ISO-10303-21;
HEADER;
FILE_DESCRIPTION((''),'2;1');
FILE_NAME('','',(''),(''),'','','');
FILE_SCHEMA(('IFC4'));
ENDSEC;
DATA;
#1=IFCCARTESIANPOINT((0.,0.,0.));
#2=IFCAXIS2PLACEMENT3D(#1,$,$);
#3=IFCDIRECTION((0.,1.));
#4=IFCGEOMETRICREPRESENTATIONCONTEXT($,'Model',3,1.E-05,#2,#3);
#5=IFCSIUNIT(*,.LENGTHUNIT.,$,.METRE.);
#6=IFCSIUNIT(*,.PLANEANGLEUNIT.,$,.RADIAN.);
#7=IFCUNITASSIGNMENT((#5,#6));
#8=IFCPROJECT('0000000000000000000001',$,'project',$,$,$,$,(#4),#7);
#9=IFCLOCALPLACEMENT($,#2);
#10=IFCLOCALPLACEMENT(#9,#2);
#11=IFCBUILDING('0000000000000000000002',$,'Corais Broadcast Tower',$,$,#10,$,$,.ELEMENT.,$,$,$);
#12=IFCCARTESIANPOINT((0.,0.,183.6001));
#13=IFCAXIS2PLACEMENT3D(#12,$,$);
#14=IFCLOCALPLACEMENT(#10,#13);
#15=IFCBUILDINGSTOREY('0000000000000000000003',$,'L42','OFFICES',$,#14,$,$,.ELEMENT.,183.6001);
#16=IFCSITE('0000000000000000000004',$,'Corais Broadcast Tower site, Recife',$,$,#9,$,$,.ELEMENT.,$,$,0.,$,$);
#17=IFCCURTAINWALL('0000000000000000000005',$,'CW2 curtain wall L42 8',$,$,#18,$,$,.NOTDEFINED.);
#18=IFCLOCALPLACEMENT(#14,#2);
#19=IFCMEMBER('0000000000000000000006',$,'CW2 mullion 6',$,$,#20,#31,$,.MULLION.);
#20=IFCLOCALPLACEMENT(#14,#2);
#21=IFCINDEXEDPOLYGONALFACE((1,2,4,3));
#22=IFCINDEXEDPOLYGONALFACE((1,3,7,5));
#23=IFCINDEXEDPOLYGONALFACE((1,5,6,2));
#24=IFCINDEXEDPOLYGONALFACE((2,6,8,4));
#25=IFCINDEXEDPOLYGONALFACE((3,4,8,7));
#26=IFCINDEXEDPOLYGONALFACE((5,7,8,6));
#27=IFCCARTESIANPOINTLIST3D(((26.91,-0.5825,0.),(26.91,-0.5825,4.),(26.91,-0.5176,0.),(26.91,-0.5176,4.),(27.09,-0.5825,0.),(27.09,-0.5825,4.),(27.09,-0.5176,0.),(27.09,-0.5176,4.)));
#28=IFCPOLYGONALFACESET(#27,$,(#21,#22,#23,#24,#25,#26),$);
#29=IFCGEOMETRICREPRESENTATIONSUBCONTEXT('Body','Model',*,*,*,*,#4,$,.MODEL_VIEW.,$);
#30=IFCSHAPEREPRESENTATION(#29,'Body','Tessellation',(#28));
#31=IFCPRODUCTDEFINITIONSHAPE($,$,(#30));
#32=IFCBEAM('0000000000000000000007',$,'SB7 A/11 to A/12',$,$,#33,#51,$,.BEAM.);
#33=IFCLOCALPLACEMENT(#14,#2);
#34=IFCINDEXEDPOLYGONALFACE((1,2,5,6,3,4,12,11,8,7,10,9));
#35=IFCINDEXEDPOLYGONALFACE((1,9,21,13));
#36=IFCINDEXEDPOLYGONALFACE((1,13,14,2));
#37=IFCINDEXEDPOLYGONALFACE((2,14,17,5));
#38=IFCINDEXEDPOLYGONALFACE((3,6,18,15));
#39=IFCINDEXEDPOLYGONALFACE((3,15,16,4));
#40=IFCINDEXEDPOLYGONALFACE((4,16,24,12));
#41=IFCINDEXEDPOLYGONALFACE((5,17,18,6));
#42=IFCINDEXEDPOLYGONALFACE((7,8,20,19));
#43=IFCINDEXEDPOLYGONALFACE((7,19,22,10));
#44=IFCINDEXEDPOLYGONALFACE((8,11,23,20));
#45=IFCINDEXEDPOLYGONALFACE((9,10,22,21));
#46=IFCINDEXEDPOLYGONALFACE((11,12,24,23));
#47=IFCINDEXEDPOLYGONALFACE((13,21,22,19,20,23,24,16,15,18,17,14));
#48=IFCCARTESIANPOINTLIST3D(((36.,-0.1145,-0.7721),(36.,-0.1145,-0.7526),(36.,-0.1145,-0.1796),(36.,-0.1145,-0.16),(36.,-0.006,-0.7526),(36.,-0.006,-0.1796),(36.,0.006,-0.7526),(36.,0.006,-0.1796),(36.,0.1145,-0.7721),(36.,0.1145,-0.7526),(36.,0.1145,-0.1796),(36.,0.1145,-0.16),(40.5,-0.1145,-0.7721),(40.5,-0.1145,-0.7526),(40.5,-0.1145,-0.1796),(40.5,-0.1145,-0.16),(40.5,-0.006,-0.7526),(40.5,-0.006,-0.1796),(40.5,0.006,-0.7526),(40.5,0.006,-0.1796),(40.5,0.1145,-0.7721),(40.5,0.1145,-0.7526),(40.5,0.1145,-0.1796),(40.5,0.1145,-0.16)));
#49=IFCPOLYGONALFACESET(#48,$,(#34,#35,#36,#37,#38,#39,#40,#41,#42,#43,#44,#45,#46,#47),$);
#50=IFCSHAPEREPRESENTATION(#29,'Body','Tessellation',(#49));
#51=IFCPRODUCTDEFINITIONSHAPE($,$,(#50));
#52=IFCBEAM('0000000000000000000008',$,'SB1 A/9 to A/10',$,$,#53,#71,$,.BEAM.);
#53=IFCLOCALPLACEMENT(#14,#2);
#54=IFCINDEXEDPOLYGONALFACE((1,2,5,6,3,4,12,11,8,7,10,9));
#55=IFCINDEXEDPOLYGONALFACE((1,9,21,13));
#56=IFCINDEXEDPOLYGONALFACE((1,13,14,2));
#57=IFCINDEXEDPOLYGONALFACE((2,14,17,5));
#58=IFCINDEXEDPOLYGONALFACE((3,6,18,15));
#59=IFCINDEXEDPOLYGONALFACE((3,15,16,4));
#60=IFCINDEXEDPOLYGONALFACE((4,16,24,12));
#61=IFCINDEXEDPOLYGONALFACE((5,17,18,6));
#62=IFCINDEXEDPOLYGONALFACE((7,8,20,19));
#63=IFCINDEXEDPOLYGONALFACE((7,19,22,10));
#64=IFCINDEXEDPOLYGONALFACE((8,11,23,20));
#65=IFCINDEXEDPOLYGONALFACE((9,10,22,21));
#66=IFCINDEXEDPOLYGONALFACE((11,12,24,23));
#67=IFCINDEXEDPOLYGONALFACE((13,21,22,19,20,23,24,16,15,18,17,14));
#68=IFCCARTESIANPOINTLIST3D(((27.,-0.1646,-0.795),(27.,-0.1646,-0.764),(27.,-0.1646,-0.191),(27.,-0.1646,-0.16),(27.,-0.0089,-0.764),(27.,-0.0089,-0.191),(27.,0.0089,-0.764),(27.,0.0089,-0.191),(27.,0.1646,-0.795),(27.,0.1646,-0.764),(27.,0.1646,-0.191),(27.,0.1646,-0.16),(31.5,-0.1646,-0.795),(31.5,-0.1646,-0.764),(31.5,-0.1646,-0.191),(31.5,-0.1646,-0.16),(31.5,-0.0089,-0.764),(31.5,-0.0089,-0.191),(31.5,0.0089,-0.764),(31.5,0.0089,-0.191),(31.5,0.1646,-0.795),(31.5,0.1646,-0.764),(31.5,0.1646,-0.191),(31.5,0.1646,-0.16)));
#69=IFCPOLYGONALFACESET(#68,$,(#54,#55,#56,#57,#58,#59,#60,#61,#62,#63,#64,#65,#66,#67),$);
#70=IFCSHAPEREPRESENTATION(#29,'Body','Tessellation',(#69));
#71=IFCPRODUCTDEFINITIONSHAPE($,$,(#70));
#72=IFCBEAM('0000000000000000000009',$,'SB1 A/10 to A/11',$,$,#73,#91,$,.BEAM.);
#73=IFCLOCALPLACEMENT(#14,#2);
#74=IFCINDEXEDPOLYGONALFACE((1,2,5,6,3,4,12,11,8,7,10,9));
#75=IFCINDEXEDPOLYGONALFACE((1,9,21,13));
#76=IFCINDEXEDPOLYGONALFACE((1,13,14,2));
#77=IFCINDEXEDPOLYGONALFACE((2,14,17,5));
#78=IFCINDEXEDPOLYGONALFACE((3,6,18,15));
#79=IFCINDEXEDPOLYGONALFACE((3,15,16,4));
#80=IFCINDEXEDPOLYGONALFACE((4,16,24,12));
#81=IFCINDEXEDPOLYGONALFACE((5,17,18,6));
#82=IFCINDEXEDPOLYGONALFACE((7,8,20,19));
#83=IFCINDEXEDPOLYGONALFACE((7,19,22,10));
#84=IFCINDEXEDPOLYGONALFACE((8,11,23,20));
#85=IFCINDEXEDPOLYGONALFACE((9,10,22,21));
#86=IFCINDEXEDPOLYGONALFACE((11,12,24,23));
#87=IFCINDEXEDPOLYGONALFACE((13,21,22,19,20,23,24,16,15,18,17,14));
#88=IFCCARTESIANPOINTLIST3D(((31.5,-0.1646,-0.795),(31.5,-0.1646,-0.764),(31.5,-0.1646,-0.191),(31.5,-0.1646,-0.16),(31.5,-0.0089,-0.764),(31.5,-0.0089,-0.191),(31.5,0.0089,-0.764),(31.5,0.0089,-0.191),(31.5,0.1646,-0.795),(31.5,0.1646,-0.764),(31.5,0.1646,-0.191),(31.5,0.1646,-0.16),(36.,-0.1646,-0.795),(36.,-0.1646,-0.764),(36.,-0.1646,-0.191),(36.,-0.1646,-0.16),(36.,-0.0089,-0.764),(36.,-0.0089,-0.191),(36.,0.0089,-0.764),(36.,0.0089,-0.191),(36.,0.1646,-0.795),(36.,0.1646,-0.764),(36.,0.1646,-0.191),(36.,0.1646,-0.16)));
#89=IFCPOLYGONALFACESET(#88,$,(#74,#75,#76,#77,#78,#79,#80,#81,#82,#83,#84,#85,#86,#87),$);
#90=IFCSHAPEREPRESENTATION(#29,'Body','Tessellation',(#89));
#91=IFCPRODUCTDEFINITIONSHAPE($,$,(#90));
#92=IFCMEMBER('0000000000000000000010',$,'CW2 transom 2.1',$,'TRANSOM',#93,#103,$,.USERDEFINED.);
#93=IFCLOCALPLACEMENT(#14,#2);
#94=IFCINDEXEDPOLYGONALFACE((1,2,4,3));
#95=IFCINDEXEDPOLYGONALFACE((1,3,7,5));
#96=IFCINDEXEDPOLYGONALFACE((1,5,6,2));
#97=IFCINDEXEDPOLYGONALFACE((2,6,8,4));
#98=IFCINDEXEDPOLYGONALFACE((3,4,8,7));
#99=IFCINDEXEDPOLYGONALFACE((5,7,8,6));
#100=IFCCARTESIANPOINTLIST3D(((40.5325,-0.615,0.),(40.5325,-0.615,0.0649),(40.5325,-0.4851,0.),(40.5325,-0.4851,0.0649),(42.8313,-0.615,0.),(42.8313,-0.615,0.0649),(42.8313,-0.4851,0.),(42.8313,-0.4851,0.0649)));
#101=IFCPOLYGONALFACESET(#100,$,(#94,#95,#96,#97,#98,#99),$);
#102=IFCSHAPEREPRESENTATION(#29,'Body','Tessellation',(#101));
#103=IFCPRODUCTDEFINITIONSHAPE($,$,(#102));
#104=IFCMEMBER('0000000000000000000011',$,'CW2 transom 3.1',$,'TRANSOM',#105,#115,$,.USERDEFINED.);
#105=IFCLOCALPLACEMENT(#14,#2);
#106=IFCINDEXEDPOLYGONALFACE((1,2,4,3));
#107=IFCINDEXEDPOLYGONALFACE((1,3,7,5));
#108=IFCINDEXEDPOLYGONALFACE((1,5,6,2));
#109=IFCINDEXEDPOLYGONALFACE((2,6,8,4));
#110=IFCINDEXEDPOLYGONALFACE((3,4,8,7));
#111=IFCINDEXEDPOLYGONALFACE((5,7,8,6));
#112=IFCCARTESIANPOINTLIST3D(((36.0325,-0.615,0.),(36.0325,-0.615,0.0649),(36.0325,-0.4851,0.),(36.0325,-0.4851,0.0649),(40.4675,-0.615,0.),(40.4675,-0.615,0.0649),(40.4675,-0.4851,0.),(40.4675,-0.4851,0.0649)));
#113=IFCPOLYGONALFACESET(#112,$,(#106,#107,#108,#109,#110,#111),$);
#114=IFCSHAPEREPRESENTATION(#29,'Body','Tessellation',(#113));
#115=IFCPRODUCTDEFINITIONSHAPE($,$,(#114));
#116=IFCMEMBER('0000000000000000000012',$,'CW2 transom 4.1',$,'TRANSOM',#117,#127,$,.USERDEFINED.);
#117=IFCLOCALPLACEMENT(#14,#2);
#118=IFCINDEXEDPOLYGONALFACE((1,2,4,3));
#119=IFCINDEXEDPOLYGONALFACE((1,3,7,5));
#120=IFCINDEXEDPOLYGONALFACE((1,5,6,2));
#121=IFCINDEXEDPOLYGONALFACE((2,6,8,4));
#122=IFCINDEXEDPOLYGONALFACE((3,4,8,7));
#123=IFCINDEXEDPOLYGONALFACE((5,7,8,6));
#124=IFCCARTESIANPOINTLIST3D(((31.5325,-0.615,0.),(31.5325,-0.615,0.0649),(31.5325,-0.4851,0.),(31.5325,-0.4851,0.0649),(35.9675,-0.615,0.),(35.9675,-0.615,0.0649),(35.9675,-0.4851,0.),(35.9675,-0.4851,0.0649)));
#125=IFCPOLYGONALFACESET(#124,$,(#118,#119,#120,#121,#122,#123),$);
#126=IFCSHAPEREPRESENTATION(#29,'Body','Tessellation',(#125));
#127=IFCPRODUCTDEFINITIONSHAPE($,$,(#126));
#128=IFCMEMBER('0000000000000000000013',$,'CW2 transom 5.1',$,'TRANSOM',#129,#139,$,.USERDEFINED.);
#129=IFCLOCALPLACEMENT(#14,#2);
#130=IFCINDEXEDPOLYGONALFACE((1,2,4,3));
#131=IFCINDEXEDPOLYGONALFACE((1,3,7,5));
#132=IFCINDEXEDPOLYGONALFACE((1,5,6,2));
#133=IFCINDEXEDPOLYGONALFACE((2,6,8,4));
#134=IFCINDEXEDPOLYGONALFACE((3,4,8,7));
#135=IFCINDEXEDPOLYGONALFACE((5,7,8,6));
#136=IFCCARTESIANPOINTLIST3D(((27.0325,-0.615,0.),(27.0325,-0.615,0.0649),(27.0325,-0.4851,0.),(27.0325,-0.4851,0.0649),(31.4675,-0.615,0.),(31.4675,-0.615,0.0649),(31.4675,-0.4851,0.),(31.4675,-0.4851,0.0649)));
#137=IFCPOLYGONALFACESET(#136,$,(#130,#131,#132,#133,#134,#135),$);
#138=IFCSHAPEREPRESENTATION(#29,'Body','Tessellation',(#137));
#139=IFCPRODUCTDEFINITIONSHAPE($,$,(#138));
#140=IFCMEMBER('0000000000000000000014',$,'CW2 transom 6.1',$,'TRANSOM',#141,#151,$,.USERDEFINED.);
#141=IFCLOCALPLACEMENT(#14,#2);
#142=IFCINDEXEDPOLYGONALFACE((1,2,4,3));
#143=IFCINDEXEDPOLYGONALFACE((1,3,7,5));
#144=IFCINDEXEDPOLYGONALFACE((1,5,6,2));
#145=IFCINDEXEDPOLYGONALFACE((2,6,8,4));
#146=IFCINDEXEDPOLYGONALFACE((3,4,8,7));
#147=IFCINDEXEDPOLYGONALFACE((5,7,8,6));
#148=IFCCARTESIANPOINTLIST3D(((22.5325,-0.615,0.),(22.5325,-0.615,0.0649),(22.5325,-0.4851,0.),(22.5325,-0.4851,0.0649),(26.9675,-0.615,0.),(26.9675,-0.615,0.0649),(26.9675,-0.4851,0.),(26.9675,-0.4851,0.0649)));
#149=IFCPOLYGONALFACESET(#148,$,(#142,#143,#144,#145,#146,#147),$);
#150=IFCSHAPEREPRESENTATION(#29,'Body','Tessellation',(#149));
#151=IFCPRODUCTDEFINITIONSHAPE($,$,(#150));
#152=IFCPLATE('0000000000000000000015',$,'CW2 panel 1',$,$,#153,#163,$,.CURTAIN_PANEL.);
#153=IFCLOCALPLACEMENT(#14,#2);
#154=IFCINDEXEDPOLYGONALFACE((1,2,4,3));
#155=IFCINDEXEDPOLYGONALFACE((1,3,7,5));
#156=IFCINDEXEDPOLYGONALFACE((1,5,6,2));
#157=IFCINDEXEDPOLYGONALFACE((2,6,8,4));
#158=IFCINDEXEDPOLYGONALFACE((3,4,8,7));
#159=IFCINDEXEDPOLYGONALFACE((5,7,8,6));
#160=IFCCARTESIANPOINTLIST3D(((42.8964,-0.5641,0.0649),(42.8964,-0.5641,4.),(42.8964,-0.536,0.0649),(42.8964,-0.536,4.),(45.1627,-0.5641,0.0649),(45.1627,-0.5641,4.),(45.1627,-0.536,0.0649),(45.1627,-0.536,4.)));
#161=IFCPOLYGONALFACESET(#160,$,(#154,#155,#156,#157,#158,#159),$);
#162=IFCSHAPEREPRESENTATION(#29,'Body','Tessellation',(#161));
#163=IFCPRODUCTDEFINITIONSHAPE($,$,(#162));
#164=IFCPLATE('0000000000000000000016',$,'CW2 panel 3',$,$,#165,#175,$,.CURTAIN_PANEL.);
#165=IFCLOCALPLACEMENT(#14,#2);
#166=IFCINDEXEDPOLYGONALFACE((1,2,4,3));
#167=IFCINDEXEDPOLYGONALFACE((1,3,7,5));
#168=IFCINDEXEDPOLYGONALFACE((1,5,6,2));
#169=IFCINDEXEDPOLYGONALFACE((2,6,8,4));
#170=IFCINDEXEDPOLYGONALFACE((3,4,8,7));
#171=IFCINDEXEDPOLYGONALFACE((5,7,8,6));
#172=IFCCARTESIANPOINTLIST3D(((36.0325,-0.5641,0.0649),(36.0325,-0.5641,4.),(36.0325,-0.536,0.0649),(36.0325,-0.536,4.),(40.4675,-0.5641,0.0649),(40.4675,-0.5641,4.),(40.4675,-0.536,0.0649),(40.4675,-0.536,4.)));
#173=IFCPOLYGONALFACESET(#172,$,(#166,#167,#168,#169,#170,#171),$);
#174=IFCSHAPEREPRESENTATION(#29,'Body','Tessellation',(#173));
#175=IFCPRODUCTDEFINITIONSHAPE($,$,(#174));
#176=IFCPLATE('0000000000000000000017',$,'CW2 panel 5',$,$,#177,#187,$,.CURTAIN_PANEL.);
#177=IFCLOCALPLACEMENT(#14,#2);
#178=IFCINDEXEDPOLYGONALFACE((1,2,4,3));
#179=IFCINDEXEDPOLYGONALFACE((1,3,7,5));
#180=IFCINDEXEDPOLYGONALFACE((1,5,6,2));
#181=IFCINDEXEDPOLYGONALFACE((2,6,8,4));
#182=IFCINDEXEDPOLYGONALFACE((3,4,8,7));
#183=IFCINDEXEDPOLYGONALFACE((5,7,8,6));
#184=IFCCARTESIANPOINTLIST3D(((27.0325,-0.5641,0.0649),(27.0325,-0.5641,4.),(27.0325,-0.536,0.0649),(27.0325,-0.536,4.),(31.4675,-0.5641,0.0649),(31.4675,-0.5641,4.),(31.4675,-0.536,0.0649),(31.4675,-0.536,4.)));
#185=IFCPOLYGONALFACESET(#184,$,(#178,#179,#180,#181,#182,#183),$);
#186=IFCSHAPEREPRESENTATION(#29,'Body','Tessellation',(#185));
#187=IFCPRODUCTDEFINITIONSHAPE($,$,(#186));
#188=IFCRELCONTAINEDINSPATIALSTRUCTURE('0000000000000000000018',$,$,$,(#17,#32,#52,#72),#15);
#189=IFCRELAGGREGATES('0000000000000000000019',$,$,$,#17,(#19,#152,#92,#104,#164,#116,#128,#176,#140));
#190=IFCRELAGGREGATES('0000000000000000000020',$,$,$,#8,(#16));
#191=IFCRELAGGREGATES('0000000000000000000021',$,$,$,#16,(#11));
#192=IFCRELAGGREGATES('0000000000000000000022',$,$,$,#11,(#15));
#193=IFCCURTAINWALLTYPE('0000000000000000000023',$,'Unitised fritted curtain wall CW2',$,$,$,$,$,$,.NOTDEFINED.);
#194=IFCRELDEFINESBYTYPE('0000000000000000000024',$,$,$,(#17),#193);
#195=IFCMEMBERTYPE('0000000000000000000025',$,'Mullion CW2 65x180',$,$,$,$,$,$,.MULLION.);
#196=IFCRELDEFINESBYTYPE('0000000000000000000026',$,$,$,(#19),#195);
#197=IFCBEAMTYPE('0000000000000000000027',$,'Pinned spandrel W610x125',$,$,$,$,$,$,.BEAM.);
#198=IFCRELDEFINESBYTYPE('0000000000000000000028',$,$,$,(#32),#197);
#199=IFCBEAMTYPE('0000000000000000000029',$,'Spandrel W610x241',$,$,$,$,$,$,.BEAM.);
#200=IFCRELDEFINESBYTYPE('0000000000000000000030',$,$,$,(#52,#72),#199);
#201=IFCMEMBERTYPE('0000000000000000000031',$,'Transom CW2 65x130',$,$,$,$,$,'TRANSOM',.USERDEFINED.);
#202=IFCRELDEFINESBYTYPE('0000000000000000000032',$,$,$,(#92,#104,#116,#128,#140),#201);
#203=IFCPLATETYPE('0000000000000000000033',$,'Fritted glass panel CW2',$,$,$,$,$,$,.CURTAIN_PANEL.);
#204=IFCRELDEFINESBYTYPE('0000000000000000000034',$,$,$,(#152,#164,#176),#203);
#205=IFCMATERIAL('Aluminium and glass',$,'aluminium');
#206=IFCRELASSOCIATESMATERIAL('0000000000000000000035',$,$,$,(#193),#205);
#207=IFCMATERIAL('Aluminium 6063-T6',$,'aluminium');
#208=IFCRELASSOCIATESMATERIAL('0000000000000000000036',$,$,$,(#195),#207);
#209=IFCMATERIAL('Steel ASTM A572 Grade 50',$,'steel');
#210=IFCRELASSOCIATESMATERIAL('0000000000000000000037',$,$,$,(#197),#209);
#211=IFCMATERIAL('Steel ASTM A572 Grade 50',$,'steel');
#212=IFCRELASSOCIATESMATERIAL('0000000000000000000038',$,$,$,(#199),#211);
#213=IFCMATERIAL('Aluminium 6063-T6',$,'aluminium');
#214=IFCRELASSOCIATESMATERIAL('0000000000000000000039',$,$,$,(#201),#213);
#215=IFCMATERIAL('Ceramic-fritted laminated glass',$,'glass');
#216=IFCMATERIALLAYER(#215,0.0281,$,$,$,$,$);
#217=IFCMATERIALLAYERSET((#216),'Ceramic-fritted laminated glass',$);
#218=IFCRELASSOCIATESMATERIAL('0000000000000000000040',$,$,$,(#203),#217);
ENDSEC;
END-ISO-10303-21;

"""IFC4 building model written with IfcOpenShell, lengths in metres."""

from ifc_helpers import new_model, si_unit, direction, frame, origin, origin_2d, place, context, subcontext, project, spatial, rectangle, i_section, extrude, material, layer, layer_set, material_profile, profile_set, type_object, element, aggregate, save


model = new_model("IFC4")

# Units and contexts
model_context = context("Model", 3, precision=1e-05, world=origin(), true_north=direction((0.0, 1.0)))
body_context = subcontext(model_context, "Body", "Model", "MODEL_VIEW")
ifc_project = project(units=[si_unit("LENGTHUNIT", "METRE"), si_unit("PLANEANGLEUNIT", "RADIAN")], contexts=[model_context])

# Site, building, storey
site_placement = place(None, origin())
site = spatial("IfcSite", under=ifc_project, at=site_placement, Name="Corais Broadcast Tower site, Recife", CompositionType="ELEMENT", RefElevation=0.0)
building_placement = place(site_placement, origin())
building = spatial("IfcBuilding", under=site, at=building_placement, Name="Corais Broadcast Tower", CompositionType="ELEMENT")
storey_placement = place(building_placement, frame((0.0, 0.0, 183.6001)))
storey = spatial("IfcBuildingStorey", under=building, at=storey_placement, Name="L42", Description="OFFICES", CompositionType="ELEMENT", Elevation=183.6001)

# Curtain wall, member
ifc_material_1 = material(Name="Aluminium and glass", Category="aluminium")
curtain_wall_type = type_object("IfcCurtainWallType", Name="Unitised fritted curtain wall CW2", PredefinedType="NOTDEFINED", material=ifc_material_1)
curtain_wall_placement = place(storey_placement, origin())
curtain_wall = element("IfcCurtainWall", 1, at=curtain_wall_placement, inside=storey, type_object=curtain_wall_type, Name="CW2 curtain wall L42 8", PredefinedType="NOTDEFINED")
ifc_material_2 = material(Name="Aluminium 6063-T6", Category="aluminium")
ifc_material_profile_1 = material_profile(ifc_material_2, rectangle(XDim=0.0649, YDim=0.1799, at=origin_2d()), Name="Mullion CW2 65x180")
ifc_profile_set_1 = profile_set([ifc_material_profile_1], Name="Aluminium 6063-T6")
member_type_1 = type_object("IfcMemberType", Name="Mullion CW2 65x180", PredefinedType="MULLION", material=ifc_profile_set_1)
member_1_placement = place(storey_placement, frame((27.0, -0.55, 0.0), z_axis=(0.0, 0.0, 1.0), x_axis=(0.0, -1.0, 0.0)))
member_1 = element("IfcMember", 2, at=member_1_placement, type_object=member_type_1, Name="CW2 mullion 6", PredefinedType="MULLION", context=body_context, shape_type="SweptSolid", body=[
    extrude(rectangle(XDim=0.0649, YDim=0.1799, at=origin_2d()), origin(), (0.0, 0.0, 1.0), 4.0),
])

# Beams
ifc_material_3 = material(Name="Steel ASTM A572 Grade 50", Category="steel")
ifc_material_profile_2 = material_profile(ifc_material_3, i_section(OverallWidth=0.229, OverallDepth=0.6121, WebThickness=0.012, FlangeThickness=0.0195, at=origin_2d()), Name="W610x125")
ifc_profile_set_2 = profile_set([ifc_material_profile_2], Name="Steel ASTM A572 Grade 50")
beam_type_1 = type_object("IfcBeamType", Name="Pinned spandrel W610x125", PredefinedType="BEAM", material=ifc_profile_set_2)
beam_placement = place(storey_placement, frame((36.0, 0.0, -0.4661), z_axis=(1.0, 0.0, 0.0), x_axis=(0.0, 1.0, 0.0)))
element("IfcBeam", 3, at=beam_placement, inside=storey, type_object=beam_type_1, Name="SB7 A/11 to A/12", PredefinedType="BEAM", context=body_context, shape_type="SweptSolid", body=[
    extrude(i_section(OverallWidth=0.229, OverallDepth=0.6121, WebThickness=0.012, FlangeThickness=0.0195, at=origin_2d()), origin(), (0.0, 0.0, 1.0), 4.5),
])
ifc_material_4 = material(Name="Steel ASTM A572 Grade 50", Category="steel")
ifc_material_profile_3 = material_profile(ifc_material_4, i_section(OverallWidth=0.3291, OverallDepth=0.635, WebThickness=0.0178, FlangeThickness=0.031, at=origin_2d()), Name="W610x241")
ifc_profile_set_3 = profile_set([ifc_material_profile_3], Name="Steel ASTM A572 Grade 50")
beam_type_2 = type_object("IfcBeamType", Name="Spandrel W610x241", PredefinedType="BEAM", material=ifc_profile_set_3)
for number, where, z_axis, x_axis, name in (
    (4, (27.0, 0.0, -0.4775), (1.0, 0.0, 0.0), (0.0, 1.0, 0.0), "SB1 A/9 to A/10"),
    (5, (31.5, 0.0, -0.4775), (1.0, 0.0, 0.0), (0.0, 1.0, 0.0), "SB1 A/10 to A/11"),
):
    element("IfcBeam", number, at=place(storey_placement, frame(where, z_axis=z_axis, x_axis=x_axis)), inside=storey, type_object=beam_type_2, Name=name, PredefinedType="BEAM", context=body_context, shape_type="SweptSolid", body=[
        extrude(i_section(OverallWidth=0.3291, OverallDepth=0.635, WebThickness=0.0178, FlangeThickness=0.031, at=origin_2d()), origin(), (0.0, 0.0, 1.0), 4.5),
    ])

# Members
ifc_material_5 = material(Name="Aluminium 6063-T6", Category="aluminium")
ifc_material_profile_4 = material_profile(ifc_material_5, rectangle(XDim=0.1299, YDim=0.0649, at=origin_2d()), Name="Transom CW2 65x130")
ifc_profile_set_4 = profile_set([ifc_material_profile_4], Name="Aluminium 6063-T6")
member_type_2 = type_object("IfcMemberType", Name="Transom CW2 65x130", ElementType="TRANSOM", PredefinedType="USERDEFINED", material=ifc_profile_set_4)
member_2_placement = place(storey_placement, frame((42.8313, -0.55, 0.0325), z_axis=(-1.0, 0.0, 0.0), x_axis=(0.0, -1.0, 0.0)))
member_2 = element("IfcMember", 6, at=member_2_placement, type_object=member_type_2, Name="CW2 transom 2.1", ObjectType="TRANSOM", PredefinedType="USERDEFINED", context=body_context, shape_type="SweptSolid", body=[
    extrude(rectangle(XDim=0.1299, YDim=0.0649, at=origin_2d()), origin(), (0.0, 0.0, 1.0), 2.2988),
])
member_3_placement = place(storey_placement, frame((40.4675, -0.55, 0.0325), z_axis=(-1.0, 0.0, 0.0), x_axis=(0.0, -1.0, 0.0)))
member_3 = element("IfcMember", 7, at=member_3_placement, type_object=member_type_2, Name="CW2 transom 3.1", ObjectType="TRANSOM", PredefinedType="USERDEFINED", context=body_context, shape_type="SweptSolid", body=[
    extrude(rectangle(XDim=0.1299, YDim=0.0649, at=origin_2d()), origin(), (0.0, 0.0, 1.0), 4.4351),
])
member_4_placement = place(storey_placement, frame((35.9675, -0.55, 0.0325), z_axis=(-1.0, 0.0, 0.0), x_axis=(0.0, -1.0, 0.0)))
member_4 = element("IfcMember", 8, at=member_4_placement, type_object=member_type_2, Name="CW2 transom 4.1", ObjectType="TRANSOM", PredefinedType="USERDEFINED", context=body_context, shape_type="SweptSolid", body=[
    extrude(rectangle(XDim=0.1299, YDim=0.0649, at=origin_2d()), origin(), (0.0, 0.0, 1.0), 4.4351),
])
member_5_placement = place(storey_placement, frame((31.4675, -0.55, 0.0325), z_axis=(-1.0, 0.0, 0.0), x_axis=(0.0, -1.0, 0.0)))
member_5 = element("IfcMember", 9, at=member_5_placement, type_object=member_type_2, Name="CW2 transom 5.1", ObjectType="TRANSOM", PredefinedType="USERDEFINED", context=body_context, shape_type="SweptSolid", body=[
    extrude(rectangle(XDim=0.1299, YDim=0.0649, at=origin_2d()), origin(), (0.0, 0.0, 1.0), 4.4351),
])
member_6_placement = place(storey_placement, frame((26.9675, -0.55, 0.0325), z_axis=(-1.0, 0.0, 0.0), x_axis=(0.0, -1.0, 0.0)))
member_6 = element("IfcMember", 10, at=member_6_placement, type_object=member_type_2, Name="CW2 transom 6.1", ObjectType="TRANSOM", PredefinedType="USERDEFINED", context=body_context, shape_type="SweptSolid", body=[
    extrude(rectangle(XDim=0.1299, YDim=0.0649, at=origin_2d()), origin(), (0.0, 0.0, 1.0), 4.4351),
])

# Plates
ifc_material_6 = material(Name="Ceramic-fritted laminated glass", Category="glass")
ifc_layer_1 = layer(ifc_material_6, 0.0281)
ifc_layer_set_1 = layer_set([ifc_layer_1], Name="Ceramic-fritted laminated glass")
plate_type_1 = type_object("IfcPlateType", Name="Fritted glass panel CW2", PredefinedType="CURTAIN_PANEL", material=ifc_layer_set_1)
plate_1_placement = place(storey_placement, frame((44.0295, -0.55, 0.0649), z_axis=(0.0, 0.0, 1.0), x_axis=(-1.0, 0.0, 0.0)))
plate_1 = element("IfcPlate", 11, at=plate_1_placement, type_object=plate_type_1, Name="CW2 panel 1", PredefinedType="CURTAIN_PANEL", context=body_context, shape_type="SweptSolid", body=[
    extrude(rectangle(XDim=2.2664, YDim=0.0281, at=origin_2d()), origin(), (0.0, 0.0, 1.0), 3.9351),
])
plate_2_placement = place(storey_placement, frame((38.25, -0.55, 0.0649), z_axis=(0.0, 0.0, 1.0), x_axis=(-1.0, 0.0, 0.0)))
plate_2 = element("IfcPlate", 12, at=plate_2_placement, type_object=plate_type_1, Name="CW2 panel 3", PredefinedType="CURTAIN_PANEL", context=body_context, shape_type="SweptSolid", body=[
    extrude(rectangle(XDim=4.4351, YDim=0.0281, at=origin_2d()), origin(), (0.0, 0.0, 1.0), 3.9351),
])
plate_3_placement = place(storey_placement, frame((29.25, -0.55, 0.0649), z_axis=(0.0, 0.0, 1.0), x_axis=(-1.0, 0.0, 0.0)))
plate_3 = element("IfcPlate", 13, at=plate_3_placement, type_object=plate_type_1, Name="CW2 panel 5", PredefinedType="CURTAIN_PANEL", context=body_context, shape_type="SweptSolid", body=[
    extrude(rectangle(XDim=4.4351, YDim=0.0281, at=origin_2d()), origin(), (0.0, 0.0, 1.0), 3.9351),
])
aggregate(curtain_wall, [member_1, plate_1, member_2, member_3, plate_2, member_4, member_5, plate_3, member_6])

save(model, "model.ifc")
